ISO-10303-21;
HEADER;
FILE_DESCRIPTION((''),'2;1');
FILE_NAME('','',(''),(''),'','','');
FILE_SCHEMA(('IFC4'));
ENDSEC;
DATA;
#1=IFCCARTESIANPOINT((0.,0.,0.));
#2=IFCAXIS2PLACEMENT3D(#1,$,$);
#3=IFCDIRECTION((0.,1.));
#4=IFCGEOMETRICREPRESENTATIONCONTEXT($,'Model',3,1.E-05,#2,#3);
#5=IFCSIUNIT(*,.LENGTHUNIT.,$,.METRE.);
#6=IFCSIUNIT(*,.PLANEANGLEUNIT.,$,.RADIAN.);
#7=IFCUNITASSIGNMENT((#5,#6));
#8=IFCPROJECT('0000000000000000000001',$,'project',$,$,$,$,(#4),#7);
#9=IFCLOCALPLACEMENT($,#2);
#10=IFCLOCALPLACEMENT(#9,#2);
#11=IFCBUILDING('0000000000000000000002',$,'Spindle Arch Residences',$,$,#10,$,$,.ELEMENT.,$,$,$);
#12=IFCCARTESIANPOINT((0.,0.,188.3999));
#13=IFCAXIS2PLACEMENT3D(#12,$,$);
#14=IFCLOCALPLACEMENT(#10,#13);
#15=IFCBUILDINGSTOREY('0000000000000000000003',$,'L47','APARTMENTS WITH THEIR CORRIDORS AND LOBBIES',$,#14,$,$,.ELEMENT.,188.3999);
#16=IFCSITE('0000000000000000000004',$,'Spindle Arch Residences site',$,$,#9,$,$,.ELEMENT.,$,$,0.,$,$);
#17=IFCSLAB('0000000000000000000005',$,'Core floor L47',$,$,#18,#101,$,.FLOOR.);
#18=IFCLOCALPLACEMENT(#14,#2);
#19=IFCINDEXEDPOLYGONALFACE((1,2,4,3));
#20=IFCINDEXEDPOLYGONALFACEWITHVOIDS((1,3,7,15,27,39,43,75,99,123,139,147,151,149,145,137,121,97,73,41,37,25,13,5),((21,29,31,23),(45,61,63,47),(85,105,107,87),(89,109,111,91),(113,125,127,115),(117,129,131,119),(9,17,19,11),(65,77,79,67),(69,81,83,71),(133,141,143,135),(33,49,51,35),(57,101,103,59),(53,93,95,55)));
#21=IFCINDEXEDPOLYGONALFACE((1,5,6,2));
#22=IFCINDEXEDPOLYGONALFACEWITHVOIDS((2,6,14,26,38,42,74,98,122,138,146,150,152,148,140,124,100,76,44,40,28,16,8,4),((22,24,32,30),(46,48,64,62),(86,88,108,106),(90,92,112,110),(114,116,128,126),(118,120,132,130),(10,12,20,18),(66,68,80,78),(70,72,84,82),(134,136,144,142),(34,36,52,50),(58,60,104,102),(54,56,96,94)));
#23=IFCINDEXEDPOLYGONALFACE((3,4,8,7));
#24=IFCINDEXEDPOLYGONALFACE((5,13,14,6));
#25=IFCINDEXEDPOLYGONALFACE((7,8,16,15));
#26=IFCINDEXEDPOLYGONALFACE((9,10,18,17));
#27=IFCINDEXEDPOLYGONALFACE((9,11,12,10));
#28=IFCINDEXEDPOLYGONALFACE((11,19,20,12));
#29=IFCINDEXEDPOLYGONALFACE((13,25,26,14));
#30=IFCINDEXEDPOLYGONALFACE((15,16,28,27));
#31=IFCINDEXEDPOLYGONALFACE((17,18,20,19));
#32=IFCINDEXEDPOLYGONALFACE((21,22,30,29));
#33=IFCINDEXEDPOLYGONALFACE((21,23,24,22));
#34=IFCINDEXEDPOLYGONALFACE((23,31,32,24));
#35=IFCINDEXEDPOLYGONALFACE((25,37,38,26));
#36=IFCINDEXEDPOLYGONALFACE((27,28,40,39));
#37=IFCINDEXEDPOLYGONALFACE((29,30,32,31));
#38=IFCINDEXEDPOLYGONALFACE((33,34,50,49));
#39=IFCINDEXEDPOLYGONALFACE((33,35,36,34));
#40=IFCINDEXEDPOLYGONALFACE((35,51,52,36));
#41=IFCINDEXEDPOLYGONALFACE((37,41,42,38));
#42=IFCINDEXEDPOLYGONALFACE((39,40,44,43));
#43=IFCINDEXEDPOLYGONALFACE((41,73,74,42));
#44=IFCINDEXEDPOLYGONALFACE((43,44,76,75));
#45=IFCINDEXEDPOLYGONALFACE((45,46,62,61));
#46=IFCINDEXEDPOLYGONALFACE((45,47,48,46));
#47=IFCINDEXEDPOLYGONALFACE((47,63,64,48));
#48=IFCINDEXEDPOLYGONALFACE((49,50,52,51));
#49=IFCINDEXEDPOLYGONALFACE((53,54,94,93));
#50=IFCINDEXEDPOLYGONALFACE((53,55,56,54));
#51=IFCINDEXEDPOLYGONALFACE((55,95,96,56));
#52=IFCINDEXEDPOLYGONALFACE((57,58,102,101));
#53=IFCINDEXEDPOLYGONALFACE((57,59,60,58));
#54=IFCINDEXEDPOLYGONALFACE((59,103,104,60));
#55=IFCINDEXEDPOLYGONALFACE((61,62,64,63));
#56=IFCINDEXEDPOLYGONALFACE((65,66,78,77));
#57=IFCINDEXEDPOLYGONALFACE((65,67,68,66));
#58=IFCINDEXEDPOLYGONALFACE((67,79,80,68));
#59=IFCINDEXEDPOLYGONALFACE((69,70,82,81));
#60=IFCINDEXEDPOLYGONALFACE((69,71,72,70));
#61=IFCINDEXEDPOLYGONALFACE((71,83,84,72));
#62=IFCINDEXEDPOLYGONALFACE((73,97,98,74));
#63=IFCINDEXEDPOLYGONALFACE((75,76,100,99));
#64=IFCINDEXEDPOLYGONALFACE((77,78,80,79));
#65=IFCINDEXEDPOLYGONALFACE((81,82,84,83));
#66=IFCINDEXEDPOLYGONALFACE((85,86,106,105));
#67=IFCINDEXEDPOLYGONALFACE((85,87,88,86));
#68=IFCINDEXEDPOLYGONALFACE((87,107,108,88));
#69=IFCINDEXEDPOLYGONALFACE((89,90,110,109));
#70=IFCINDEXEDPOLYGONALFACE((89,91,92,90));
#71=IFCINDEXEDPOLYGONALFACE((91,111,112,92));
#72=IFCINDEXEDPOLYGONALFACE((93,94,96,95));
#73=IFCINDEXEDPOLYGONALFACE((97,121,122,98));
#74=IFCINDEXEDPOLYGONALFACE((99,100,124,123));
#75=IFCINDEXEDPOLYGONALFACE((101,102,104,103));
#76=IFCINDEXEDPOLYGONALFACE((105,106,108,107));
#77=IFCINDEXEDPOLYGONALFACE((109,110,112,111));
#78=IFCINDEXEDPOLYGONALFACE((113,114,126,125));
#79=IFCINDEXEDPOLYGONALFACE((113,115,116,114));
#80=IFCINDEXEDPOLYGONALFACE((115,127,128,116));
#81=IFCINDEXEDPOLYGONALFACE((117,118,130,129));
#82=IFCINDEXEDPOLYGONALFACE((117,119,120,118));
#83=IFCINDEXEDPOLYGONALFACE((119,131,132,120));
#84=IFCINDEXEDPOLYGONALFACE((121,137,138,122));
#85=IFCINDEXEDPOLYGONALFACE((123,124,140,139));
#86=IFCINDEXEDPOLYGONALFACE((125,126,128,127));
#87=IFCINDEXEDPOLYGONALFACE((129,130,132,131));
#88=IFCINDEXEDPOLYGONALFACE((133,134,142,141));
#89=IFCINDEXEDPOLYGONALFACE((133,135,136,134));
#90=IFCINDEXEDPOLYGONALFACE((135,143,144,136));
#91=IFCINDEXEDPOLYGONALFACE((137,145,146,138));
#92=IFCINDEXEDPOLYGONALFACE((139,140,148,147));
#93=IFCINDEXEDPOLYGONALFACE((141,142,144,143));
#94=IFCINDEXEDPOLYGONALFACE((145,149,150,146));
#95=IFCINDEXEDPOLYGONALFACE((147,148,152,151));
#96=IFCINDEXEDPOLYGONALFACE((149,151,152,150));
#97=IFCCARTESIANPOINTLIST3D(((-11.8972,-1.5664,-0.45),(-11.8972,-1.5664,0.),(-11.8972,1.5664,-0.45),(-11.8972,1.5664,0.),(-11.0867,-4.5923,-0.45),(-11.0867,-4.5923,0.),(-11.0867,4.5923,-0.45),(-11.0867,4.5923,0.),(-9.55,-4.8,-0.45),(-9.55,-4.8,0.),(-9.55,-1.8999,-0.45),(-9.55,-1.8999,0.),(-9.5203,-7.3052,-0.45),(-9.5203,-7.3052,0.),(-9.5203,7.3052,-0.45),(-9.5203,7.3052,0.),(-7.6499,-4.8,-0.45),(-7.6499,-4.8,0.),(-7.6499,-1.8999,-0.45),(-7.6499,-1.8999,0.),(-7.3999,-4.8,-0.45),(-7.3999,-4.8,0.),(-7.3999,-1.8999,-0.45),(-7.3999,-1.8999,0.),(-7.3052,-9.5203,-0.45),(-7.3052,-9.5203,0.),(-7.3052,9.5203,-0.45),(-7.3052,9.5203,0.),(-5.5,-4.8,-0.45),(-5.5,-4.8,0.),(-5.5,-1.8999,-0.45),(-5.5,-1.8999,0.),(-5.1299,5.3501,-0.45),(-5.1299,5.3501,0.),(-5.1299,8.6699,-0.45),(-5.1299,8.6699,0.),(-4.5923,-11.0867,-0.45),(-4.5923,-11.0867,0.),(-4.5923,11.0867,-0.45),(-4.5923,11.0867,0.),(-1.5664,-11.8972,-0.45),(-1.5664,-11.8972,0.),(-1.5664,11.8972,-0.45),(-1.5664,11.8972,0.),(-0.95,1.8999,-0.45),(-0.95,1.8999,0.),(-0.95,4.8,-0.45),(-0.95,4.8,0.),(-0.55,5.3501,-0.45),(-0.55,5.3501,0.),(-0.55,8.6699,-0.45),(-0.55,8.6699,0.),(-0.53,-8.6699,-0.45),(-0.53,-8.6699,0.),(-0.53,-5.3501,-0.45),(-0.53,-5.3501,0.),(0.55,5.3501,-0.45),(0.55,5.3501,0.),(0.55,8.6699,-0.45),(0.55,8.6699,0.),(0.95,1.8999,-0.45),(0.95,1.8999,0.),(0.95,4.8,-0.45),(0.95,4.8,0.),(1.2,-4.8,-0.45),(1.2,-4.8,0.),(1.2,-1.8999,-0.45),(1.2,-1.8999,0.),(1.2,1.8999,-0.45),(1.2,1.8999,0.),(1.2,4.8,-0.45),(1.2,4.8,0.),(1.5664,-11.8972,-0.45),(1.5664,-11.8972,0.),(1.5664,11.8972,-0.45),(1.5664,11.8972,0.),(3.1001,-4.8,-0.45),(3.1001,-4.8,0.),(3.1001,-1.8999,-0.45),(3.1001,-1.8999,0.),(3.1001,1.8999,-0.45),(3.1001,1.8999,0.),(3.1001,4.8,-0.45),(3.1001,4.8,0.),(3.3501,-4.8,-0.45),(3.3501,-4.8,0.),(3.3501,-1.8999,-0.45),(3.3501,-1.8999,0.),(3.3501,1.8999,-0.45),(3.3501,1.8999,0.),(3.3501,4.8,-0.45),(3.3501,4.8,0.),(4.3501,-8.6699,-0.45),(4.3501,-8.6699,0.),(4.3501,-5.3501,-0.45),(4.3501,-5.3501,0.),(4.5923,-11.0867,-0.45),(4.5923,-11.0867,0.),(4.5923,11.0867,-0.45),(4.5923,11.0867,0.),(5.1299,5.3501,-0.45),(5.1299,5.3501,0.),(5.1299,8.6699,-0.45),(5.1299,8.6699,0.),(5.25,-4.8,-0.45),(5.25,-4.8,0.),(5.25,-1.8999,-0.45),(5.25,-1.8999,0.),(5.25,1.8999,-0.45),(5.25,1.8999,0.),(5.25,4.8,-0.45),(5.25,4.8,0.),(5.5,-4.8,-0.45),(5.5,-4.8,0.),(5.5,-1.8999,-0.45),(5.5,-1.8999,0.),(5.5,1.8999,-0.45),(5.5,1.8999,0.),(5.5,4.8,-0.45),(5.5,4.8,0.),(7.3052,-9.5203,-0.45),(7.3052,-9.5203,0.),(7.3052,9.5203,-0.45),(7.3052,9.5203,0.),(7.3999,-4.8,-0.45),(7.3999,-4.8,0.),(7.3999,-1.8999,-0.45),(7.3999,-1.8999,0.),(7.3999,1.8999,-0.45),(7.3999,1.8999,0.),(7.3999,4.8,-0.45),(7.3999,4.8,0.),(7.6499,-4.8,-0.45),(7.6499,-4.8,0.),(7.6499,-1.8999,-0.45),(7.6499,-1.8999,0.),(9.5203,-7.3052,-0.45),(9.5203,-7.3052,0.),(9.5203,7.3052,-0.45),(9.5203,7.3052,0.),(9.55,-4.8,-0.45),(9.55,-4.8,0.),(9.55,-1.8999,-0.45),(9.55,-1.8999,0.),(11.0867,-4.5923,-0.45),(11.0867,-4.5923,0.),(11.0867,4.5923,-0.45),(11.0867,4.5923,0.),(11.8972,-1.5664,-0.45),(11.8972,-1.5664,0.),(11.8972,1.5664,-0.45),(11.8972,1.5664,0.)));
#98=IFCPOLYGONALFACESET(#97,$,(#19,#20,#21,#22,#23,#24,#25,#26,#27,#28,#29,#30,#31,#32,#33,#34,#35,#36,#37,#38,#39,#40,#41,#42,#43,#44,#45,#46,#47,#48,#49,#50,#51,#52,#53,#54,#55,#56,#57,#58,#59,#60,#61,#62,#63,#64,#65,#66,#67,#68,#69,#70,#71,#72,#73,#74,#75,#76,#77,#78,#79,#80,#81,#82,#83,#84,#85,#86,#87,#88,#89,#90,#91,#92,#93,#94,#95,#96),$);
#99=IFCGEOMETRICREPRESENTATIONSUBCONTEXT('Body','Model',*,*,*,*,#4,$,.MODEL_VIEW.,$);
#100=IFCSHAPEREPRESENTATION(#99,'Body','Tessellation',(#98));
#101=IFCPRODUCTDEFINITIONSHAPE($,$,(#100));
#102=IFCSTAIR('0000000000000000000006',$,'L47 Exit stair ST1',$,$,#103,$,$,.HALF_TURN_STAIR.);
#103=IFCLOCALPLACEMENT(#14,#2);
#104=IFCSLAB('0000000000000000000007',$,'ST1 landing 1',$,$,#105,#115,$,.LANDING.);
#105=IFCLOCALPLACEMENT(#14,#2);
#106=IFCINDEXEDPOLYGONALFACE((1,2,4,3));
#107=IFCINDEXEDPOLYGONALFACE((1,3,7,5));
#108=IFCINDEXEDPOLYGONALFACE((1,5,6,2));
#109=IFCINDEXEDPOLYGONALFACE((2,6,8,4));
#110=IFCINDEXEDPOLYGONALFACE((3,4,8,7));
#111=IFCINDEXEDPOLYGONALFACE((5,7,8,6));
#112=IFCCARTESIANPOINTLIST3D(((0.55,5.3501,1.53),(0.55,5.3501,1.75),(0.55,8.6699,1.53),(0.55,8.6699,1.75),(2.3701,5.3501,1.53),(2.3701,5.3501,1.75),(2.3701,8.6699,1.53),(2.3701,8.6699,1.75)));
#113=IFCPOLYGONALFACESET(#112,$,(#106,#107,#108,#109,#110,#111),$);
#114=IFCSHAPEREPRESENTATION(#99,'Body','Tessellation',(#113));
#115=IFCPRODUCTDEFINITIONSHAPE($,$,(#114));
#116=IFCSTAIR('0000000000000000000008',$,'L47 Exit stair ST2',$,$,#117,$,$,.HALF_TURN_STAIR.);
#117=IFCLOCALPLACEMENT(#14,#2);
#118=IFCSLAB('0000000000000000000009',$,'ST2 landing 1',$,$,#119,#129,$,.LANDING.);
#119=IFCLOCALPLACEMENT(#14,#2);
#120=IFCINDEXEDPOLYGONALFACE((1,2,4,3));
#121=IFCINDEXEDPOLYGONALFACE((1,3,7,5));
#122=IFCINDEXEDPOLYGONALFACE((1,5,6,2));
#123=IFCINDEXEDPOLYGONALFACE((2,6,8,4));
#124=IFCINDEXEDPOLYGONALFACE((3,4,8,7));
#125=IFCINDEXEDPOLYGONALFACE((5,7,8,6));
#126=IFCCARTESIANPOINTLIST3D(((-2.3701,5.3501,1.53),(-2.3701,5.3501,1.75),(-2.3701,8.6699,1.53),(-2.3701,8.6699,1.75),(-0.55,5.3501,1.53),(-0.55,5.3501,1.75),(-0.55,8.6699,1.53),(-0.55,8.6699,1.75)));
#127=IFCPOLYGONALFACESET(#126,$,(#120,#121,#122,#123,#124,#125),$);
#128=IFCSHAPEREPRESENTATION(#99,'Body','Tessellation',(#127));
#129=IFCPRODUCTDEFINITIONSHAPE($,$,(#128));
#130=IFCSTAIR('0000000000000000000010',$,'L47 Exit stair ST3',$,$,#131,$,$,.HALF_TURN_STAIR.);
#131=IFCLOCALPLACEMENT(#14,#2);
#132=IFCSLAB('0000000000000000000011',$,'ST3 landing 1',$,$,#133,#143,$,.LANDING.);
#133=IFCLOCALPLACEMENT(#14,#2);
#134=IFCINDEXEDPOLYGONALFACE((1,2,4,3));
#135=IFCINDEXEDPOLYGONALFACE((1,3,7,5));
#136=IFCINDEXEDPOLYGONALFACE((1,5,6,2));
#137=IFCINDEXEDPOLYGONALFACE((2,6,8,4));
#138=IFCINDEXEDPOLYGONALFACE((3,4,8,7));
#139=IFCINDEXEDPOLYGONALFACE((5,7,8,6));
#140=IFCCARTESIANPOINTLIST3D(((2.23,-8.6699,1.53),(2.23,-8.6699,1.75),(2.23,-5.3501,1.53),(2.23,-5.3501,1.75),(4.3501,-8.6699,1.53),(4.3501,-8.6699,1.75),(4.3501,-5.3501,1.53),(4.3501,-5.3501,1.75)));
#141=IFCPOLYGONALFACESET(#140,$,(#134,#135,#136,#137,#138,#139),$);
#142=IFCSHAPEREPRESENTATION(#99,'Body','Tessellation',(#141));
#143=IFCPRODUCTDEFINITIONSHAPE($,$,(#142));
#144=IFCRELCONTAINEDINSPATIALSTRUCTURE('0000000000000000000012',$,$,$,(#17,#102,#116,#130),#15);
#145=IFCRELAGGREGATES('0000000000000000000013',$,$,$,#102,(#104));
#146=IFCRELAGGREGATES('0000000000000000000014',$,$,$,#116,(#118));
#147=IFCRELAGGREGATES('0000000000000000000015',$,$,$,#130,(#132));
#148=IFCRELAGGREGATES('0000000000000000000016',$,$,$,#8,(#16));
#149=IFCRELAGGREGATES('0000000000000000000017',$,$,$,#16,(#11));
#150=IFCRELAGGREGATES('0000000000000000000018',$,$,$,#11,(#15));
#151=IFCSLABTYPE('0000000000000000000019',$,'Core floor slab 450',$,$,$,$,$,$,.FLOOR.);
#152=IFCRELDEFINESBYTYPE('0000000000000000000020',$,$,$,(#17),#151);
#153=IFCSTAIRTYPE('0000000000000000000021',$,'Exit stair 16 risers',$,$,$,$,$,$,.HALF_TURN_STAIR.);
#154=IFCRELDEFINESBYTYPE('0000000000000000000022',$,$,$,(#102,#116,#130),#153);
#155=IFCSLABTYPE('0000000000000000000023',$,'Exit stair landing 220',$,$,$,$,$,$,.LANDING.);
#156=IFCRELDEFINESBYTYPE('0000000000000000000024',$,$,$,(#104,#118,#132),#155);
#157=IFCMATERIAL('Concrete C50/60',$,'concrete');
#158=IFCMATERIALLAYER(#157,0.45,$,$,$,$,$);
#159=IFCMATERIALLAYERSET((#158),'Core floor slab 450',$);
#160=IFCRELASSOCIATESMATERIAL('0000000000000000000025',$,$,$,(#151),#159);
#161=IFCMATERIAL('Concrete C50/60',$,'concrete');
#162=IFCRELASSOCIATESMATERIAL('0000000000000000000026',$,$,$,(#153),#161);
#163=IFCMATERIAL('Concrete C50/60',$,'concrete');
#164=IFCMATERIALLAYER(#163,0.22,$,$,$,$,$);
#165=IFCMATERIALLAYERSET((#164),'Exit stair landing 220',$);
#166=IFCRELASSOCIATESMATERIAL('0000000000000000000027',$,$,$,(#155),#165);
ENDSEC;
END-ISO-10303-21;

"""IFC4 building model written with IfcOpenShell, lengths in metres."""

from ifc_helpers import new_model, si_unit, direction, frame, origin, place, context, subcontext, project, spatial, polyline, outline, extrude, material, layer, layer_set, type_object, element, aggregate, save


model = new_model("IFC4")

# Units and contexts
model_context = context("Model", 3, precision=1e-05, world=origin(), true_north=direction((0.0, 1.0)))
body_context = subcontext(model_context, "Body", "Model", "MODEL_VIEW")
ifc_project = project(units=[si_unit("LENGTHUNIT", "METRE"), si_unit("PLANEANGLEUNIT", "RADIAN")], contexts=[model_context])

# Site, building, storey
site_placement = place(None, origin())
site = spatial("IfcSite", under=ifc_project, at=site_placement, Name="Spindle Arch Residences site", CompositionType="ELEMENT", RefElevation=0.0)
building_placement = place(site_placement, origin())
building = spatial("IfcBuilding", under=site, at=building_placement, Name="Spindle Arch Residences", CompositionType="ELEMENT")
storey_placement = place(building_placement, frame((0.0, 0.0, 188.3999)))
storey = spatial("IfcBuildingStorey", under=building, at=storey_placement, Name="L47", Description="APARTMENTS WITH THEIR CORRIDORS AND LOBBIES", CompositionType="ELEMENT", Elevation=188.3999)

# Slab
ifc_material_1 = material(Name="Concrete C50/60", Category="concrete")
ifc_layer_1 = layer(ifc_material_1, 0.45)
ifc_layer_set_1 = layer_set([ifc_layer_1], Name="Core floor slab 450")
slab_type_1 = type_object("IfcSlabType", Name="Core floor slab 450", PredefinedType="FLOOR", material=ifc_layer_set_1)
slab_1_placement = place(storey_placement, frame((0.0, 0.0, -0.45)))
element("IfcSlab", 1, at=slab_1_placement, inside=storey, type_object=slab_type_1, Name="Core floor L47", PredefinedType="FLOOR", context=body_context, shape_type="SweptSolid", body=[
    extrude(outline(polyline([(1.5664, -11.8972), (4.5923, -11.0867), (7.3052, -9.5203), (9.5203, -7.3052), (11.0867, -4.5923), (11.8972, -1.5664), (11.8972, 1.5664), (11.0867, 4.5923), (9.5203, 7.3052), (7.3052, 9.5203), (4.5923, 11.0867), (1.5664, 11.8972), (-1.5664, 11.8972), (-4.5923, 11.0867), (-7.3052, 9.5203), (-9.5203, 7.3052), (-11.0867, 4.5923), (-11.8972, 1.5664), (-11.8972, -1.5664), (-11.0867, -4.5923), (-9.5203, -7.3052), (-7.3052, -9.5203), (-4.5923, -11.0867), (-1.5664, -11.8972), (1.5664, -11.8972)]), holes=[polyline([(-0.95, 1.8999), (0.95, 1.8999), (0.95, 4.8), (-0.95, 4.8), (-0.95, 1.8999)]), polyline([(1.2, 1.8999), (3.1001, 1.8999), (3.1001, 4.8), (1.2, 4.8), (1.2, 1.8999)]), polyline([(3.3501, 1.8999), (5.25, 1.8999), (5.25, 4.8), (3.3501, 4.8), (3.3501, 1.8999)]), polyline([(5.5, 1.8999), (7.3999, 1.8999), (7.3999, 4.8), (5.5, 4.8), (5.5, 1.8999)]), polyline([(-9.55, -4.8), (-7.6499, -4.8), (-7.6499, -1.8999), (-9.55, -1.8999), (-9.55, -4.8)]), polyline([(-7.3999, -4.8), (-5.5, -4.8), (-5.5, -1.8999), (-7.3999, -1.8999), (-7.3999, -4.8)]), polyline([(1.2, -4.8), (3.1001, -4.8), (3.1001, -1.8999), (1.2, -1.8999), (1.2, -4.8)]), polyline([(3.3501, -4.8), (5.25, -4.8), (5.25, -1.8999), (3.3501, -1.8999), (3.3501, -4.8)]), polyline([(5.5, -4.8), (7.3999, -4.8), (7.3999, -1.8999), (5.5, -1.8999), (5.5, -4.8)]), polyline([(7.6499, -4.8), (9.55, -4.8), (9.55, -1.8999), (7.6499, -1.8999), (7.6499, -4.8)]), polyline([(5.1299, 8.6699), (0.55, 8.6699), (0.55, 5.3501), (5.1299, 5.3501), (5.1299, 8.6699)]), polyline([(-5.1299, 5.3501), (-0.55, 5.3501), (-0.55, 8.6699), (-5.1299, 8.6699), (-5.1299, 5.3501)]), polyline([(-0.53, -8.6699), (4.3501, -8.6699), (4.3501, -5.3501), (-0.53, -5.3501), (-0.53, -8.6699)])]), origin(), (0.0, 0.0, 1.0), 0.45),
])

# Stairs, slabs
ifc_material_2 = material(Name="Concrete C50/60", Category="concrete")
stair_type = type_object("IfcStairType", Name="Exit stair 16 risers", PredefinedType="HALF_TURN_STAIR", material=ifc_material_2)
stair_1_placement = place(storey_placement, origin())
stair_1 = element("IfcStair", 2, at=stair_1_placement, inside=storey, type_object=stair_type, Name="L47 Exit stair ST1", PredefinedType="HALF_TURN_STAIR")
ifc_material_3 = material(Name="Concrete C50/60", Category="concrete")
ifc_layer_2 = layer(ifc_material_3, 0.22)
ifc_layer_set_2 = layer_set([ifc_layer_2], Name="Exit stair landing 220")
slab_type_2 = type_object("IfcSlabType", Name="Exit stair landing 220", PredefinedType="LANDING", material=ifc_layer_set_2)
slab_2_placement = place(storey_placement, frame((0.0, 0.0, 1.53)))
slab_2 = element("IfcSlab", 3, at=slab_2_placement, type_object=slab_type_2, Name="ST1 landing 1", PredefinedType="LANDING", context=body_context, shape_type="SweptSolid", body=[
    extrude(outline(polyline([(2.3701, 8.6699), (0.55, 8.6699), (0.55, 5.3501), (2.3701, 5.3501), (2.3701, 8.6699)])), origin(), (0.0, 0.0, 1.0), 0.22),
])
aggregate(stair_1, [slab_2])
stair_2_placement = place(storey_placement, origin())
stair_2 = element("IfcStair", 4, at=stair_2_placement, inside=storey, type_object=stair_type, Name="L47 Exit stair ST2", PredefinedType="HALF_TURN_STAIR")
slab_3_placement = place(storey_placement, frame((0.0, 0.0, 1.53)))
slab_3 = element("IfcSlab", 5, at=slab_3_placement, type_object=slab_type_2, Name="ST2 landing 1", PredefinedType="LANDING", context=body_context, shape_type="SweptSolid", body=[
    extrude(outline(polyline([(-2.3701, 5.3501), (-0.55, 5.3501), (-0.55, 8.6699), (-2.3701, 8.6699), (-2.3701, 5.3501)])), origin(), (0.0, 0.0, 1.0), 0.22),
])
aggregate(stair_2, [slab_3])
stair_3_placement = place(storey_placement, origin())
stair_3 = element("IfcStair", 6, at=stair_3_placement, inside=storey, type_object=stair_type, Name="L47 Exit stair ST3", PredefinedType="HALF_TURN_STAIR")
slab_4_placement = place(storey_placement, frame((0.0, 0.0, 1.53)))
slab_4 = element("IfcSlab", 7, at=slab_4_placement, type_object=slab_type_2, Name="ST3 landing 1", PredefinedType="LANDING", context=body_context, shape_type="SweptSolid", body=[
    extrude(outline(polyline([(2.23, -8.6699), (4.3501, -8.6699), (4.3501, -5.3501), (2.23, -5.3501), (2.23, -8.6699)])), origin(), (0.0, 0.0, 1.0), 0.22),
])

aggregate(stair_3, [slab_4])

save(model, "model.ifc")
